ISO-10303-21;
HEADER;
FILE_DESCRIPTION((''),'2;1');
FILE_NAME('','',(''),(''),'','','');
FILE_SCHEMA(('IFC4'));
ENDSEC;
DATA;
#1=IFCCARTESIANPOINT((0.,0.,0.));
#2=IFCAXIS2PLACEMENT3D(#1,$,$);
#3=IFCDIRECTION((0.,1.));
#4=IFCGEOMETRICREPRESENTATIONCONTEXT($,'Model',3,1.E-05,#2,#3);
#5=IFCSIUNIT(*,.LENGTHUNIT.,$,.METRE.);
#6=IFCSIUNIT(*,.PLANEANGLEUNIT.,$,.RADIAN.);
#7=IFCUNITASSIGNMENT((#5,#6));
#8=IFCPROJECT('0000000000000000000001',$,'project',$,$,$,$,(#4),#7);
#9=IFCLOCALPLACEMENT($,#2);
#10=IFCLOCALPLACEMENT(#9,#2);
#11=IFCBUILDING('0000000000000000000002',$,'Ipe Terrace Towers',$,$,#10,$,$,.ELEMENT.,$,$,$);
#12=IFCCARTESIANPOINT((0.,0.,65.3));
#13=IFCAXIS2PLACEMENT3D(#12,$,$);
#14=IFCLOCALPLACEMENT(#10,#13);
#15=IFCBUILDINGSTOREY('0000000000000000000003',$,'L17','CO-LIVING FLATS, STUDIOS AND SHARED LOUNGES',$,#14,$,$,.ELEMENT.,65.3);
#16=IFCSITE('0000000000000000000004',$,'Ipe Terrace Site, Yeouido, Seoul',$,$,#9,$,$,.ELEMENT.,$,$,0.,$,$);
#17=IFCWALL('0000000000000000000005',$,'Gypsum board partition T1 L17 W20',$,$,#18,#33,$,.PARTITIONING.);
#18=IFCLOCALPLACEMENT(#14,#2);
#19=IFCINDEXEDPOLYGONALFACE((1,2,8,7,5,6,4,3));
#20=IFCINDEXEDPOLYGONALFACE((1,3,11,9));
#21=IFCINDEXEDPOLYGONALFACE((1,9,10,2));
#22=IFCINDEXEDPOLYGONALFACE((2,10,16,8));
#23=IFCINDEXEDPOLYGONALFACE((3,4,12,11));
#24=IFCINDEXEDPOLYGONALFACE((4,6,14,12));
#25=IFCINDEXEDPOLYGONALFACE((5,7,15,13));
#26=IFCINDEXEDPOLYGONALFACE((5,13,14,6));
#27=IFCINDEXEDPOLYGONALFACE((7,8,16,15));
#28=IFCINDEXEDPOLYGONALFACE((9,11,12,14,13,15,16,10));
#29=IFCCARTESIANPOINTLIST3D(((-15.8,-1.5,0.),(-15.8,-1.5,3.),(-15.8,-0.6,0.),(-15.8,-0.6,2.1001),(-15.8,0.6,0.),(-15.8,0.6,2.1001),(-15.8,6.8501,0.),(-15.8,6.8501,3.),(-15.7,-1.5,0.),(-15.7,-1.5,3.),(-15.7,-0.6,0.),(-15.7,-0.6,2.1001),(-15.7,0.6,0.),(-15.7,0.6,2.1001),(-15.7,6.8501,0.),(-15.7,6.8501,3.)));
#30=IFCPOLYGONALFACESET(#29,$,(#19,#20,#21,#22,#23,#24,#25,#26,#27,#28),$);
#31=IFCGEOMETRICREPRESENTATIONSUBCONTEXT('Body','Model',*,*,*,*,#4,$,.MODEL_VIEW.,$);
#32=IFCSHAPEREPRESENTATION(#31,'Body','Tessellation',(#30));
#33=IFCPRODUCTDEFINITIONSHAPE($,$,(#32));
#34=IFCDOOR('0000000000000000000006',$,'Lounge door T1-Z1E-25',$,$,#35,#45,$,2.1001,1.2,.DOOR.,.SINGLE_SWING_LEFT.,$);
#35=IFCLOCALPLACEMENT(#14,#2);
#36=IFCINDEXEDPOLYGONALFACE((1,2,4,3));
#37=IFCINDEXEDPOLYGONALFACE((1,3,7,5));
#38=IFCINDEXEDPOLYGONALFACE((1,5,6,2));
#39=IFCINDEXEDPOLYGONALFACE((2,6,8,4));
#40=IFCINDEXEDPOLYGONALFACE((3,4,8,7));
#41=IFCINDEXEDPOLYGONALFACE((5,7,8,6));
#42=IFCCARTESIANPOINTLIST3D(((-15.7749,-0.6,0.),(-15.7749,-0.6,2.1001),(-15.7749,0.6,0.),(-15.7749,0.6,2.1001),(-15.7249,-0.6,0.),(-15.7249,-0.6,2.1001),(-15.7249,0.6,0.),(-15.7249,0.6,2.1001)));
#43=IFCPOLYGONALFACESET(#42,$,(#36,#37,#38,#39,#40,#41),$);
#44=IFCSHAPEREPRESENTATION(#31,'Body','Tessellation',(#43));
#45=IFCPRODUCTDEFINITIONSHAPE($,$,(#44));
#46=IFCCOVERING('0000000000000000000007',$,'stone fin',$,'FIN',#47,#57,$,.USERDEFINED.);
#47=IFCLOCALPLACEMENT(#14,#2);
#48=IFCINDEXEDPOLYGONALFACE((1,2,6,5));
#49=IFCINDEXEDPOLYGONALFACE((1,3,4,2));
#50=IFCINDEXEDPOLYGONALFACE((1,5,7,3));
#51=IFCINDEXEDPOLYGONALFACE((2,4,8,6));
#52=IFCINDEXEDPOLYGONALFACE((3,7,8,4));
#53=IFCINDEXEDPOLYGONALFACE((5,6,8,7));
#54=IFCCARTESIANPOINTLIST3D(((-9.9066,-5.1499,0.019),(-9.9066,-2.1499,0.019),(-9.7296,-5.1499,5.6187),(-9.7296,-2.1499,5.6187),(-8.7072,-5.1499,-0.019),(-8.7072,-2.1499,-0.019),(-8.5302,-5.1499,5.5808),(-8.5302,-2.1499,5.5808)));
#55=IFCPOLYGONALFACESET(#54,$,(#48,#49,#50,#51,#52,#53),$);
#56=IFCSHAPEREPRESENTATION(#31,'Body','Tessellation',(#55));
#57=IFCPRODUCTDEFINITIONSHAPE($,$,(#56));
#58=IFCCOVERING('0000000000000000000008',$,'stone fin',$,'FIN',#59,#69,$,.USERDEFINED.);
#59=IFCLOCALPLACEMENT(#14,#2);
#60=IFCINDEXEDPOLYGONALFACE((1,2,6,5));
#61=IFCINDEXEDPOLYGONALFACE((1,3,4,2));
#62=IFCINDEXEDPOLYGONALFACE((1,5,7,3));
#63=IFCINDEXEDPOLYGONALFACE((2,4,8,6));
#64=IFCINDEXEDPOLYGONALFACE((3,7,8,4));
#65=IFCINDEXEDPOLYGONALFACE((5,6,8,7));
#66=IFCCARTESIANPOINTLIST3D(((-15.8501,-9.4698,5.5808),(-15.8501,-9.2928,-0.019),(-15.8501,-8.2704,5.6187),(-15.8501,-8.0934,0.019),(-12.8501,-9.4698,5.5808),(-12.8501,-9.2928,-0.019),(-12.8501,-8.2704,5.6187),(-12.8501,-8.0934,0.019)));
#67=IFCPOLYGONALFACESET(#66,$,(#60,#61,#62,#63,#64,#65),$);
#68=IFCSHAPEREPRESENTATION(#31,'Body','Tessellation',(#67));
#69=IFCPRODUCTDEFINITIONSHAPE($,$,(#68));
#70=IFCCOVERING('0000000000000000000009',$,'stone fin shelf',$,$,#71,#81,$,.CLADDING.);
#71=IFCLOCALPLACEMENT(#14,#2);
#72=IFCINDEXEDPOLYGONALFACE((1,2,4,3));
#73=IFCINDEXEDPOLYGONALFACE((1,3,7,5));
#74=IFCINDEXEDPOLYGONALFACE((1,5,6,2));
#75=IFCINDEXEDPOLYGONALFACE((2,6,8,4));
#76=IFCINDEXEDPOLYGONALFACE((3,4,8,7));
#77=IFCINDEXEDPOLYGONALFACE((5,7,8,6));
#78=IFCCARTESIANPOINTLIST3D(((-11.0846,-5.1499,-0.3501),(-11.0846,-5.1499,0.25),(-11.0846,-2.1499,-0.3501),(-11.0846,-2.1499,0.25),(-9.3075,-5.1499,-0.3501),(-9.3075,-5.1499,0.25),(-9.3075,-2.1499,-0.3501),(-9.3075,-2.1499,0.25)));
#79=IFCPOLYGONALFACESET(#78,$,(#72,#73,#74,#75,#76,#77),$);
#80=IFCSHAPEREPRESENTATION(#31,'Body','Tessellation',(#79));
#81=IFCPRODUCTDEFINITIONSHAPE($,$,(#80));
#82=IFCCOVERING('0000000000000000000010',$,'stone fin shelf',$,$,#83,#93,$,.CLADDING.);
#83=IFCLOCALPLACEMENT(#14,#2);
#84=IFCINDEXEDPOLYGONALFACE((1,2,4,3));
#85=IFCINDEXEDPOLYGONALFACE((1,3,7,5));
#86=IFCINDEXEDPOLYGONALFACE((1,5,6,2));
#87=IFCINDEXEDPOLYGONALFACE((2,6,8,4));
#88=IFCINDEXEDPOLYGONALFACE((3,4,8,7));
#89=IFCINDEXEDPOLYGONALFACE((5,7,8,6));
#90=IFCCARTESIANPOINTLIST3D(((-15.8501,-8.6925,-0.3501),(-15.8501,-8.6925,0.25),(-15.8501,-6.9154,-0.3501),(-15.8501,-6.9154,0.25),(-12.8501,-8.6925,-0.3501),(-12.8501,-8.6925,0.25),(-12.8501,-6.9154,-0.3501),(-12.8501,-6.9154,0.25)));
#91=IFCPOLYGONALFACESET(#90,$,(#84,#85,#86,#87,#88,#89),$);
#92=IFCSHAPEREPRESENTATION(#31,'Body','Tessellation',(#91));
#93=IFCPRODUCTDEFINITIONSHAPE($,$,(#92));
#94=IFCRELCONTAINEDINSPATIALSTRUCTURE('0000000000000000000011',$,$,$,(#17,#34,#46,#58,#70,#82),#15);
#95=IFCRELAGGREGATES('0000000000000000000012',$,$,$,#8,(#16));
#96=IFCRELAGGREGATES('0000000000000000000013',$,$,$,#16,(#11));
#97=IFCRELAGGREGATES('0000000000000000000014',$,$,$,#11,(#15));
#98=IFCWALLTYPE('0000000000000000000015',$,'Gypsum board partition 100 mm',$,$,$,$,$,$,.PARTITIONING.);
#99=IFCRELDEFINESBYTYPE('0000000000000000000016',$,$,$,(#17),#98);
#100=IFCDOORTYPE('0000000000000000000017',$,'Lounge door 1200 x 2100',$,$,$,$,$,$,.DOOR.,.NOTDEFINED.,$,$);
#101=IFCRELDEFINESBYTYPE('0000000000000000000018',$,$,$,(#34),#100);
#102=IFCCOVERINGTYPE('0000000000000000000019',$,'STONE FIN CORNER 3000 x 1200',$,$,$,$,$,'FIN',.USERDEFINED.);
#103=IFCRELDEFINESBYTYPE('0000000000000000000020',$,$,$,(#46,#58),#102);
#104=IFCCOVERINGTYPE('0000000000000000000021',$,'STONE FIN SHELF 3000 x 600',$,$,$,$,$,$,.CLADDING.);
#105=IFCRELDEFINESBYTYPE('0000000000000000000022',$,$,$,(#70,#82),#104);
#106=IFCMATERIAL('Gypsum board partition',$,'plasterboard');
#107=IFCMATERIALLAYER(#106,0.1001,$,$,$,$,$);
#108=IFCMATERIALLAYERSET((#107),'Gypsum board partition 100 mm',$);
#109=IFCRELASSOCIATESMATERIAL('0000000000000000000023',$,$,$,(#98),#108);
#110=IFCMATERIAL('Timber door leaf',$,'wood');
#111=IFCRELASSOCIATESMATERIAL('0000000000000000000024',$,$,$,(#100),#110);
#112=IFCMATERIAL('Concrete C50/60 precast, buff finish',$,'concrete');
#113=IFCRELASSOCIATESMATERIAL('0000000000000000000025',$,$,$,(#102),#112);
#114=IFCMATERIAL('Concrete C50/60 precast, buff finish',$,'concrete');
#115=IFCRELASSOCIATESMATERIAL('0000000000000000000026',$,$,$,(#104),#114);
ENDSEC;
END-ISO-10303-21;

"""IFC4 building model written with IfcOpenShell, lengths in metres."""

from ifc_helpers import new_model, si_unit, direction, frame, frame_2d, origin, origin_2d, place, context, subcontext, project, spatial, rectangle, extrude, material, layer, layer_set, material_profile, profile_set, type_object, element, fill, save


model = new_model("IFC4")

# Units and contexts
model_context = context("Model", 3, precision=1e-05, world=origin(), true_north=direction((0.0, 1.0)))
body_context = subcontext(model_context, "Body", "Model", "MODEL_VIEW")
ifc_project = project(units=[si_unit("LENGTHUNIT", "METRE"), si_unit("PLANEANGLEUNIT", "RADIAN")], contexts=[model_context])

# Site, building, storey
site_placement = place(None, origin())
site = spatial("IfcSite", under=ifc_project, at=site_placement, Name="Ipe Terrace Site, Yeouido, Seoul", CompositionType="ELEMENT", RefElevation=0.0)
building_placement = place(site_placement, origin())
building = spatial("IfcBuilding", under=site, at=building_placement, Name="Ipe Terrace Towers", CompositionType="ELEMENT")
storey_placement = place(building_placement, frame((0.0, 0.0, 65.3)))
storey = spatial("IfcBuildingStorey", under=building, at=storey_placement, Name="L17", Description="CO-LIVING FLATS, STUDIOS AND SHARED LOUNGES", CompositionType="ELEMENT", Elevation=65.3)

# Wall, opening, door
ifc_material_1 = material(Name="Gypsum board partition", Category="plasterboard")
ifc_layer_1 = layer(ifc_material_1, 0.1001)
ifc_layer_set_1 = layer_set([ifc_layer_1], Name="Gypsum board partition 100 mm")
wall_type_1 = type_object("IfcWallType", Name="Gypsum board partition 100 mm", PredefinedType="PARTITIONING", material=ifc_layer_set_1)
wall_1_placement = place(storey_placement, frame((-15.75, -1.5, 0.0), z_axis=(0.0, 0.0, 1.0), x_axis=(0.0, 1.0, 0.0)))
wall_1 = element("IfcWall", 1, at=wall_1_placement, inside=storey, type_object=wall_type_1, Name="Gypsum board partition T1 L17 W20", PredefinedType="PARTITIONING", context=body_context, shape_type="SweptSolid", body=[
    extrude(rectangle(XDim=8.3501, YDim=0.1001, at=frame_2d((4.175, 0.0))), origin(), (0.0, 0.0, 1.0), 3.0),
])
opening_placement = place(wall_1_placement, frame((0.8999, 0.0, 0.0)))
opening = element("IfcOpeningElement", 2, at=opening_placement, cuts=wall_1, PredefinedType="OPENING", context=body_context, shape_type="SweptSolid", body=[
    extrude(rectangle(XDim=1.2, YDim=2.1001, at=frame_2d((0.6001, 1.05))), frame((0.0, 0.0601, 0.0), z_axis=(0.0, -1.0, 0.0), x_axis=(1.0, 0.0, 0.0)), (0.0, 0.0, 1.0), 0.1201),
])
ifc_material_2 = material(Name="Timber door leaf", Category="wood")
door_type = type_object("IfcDoorType", Name="Lounge door 1200 x 2100", OperationType="NOTDEFINED", PredefinedType="DOOR", material=ifc_material_2)
door_placement = place(opening_placement, origin())
door = element("IfcDoor", 3, at=door_placement, inside=storey, type_object=door_type, Name="Lounge door T1-Z1E-25", OperationType="SINGLE_SWING_LEFT", OverallHeight=2.1001, OverallWidth=1.2, PredefinedType="DOOR", context=body_context, shape_type="SweptSolid", body=[
    extrude(rectangle(XDim=1.2, YDim=2.1001, at=frame_2d((0.6001, 1.05))), frame((0.0, 0.0249, 0.0), z_axis=(0.0, -1.0, 0.0), x_axis=(1.0, 0.0, 0.0)), (0.0, 0.0, 1.0), 0.05),
])
fill(opening, door)

# Coverings
ifc_material_3 = material(Name="Concrete C50/60 precast, buff finish", Category="concrete")
ifc_material_profile_1 = material_profile(ifc_material_3, rectangle(XDim=3.0, YDim=1.2, at=origin_2d()), Name="STONE FIN CORNER 3000 x 1200")
ifc_profile_set_1 = profile_set([ifc_material_profile_1], Name="Concrete C50/60 precast, buff finish")
covering_type_1 = type_object("IfcCoveringType", Name="STONE FIN CORNER 3000 x 1200", ElementType="FIN", PredefinedType="USERDEFINED", material=ifc_profile_set_1)
for number, where, z_axis, x_axis, name in (
    (4, (-9.3069, -3.6499, 0.0), (0.031593, 0.0, 0.999501), (0.0, 1.0, 0.0), "stone fin"),
    (5, (-14.3501, -8.6931, 0.0), (0.0, -0.031593, 0.999501), (1.0, 0.0, 0.0), "stone fin"),
):
    element("IfcCovering", number, at=place(storey_placement, frame(where, z_axis=z_axis, x_axis=x_axis)), inside=storey, type_object=covering_type_1, Name=name, ObjectType="FIN", PredefinedType="USERDEFINED", context=body_context, shape_type="SweptSolid", body=[
        extrude(rectangle(XDim=3.0, YDim=1.2, at=origin_2d()), origin(), (0.0, 0.0, 1.0), 5.6025),
    ])
ifc_material_4 = material(Name="Concrete C50/60 precast, buff finish", Category="concrete")
covering_type_2 = type_object("IfcCoveringType", Name="STONE FIN SHELF 3000 x 600", PredefinedType="CLADDING", material=ifc_material_4)
for number, where, z_axis, x_axis, name in (
    (6, (-10.196, -3.6499, -0.3501), (0.0, 0.0, 1.0), (0.0, 1.0, 0.0), "stone fin shelf"),
    (7, (-14.3501, -7.804, -0.3501), (0.0, 0.0, 1.0), (1.0, 0.0, 0.0), "stone fin shelf"),
):
    element("IfcCovering", number, at=place(storey_placement, frame(where, z_axis=z_axis, x_axis=x_axis)), inside=storey, type_object=covering_type_2, Name=name, PredefinedType="CLADDING", context=body_context, shape_type="SweptSolid", body=[
        extrude(rectangle(XDim=3.0, YDim=1.7771, at=origin_2d()), origin(), (0.0, 0.0, 1.0), 0.6001),
    ])

save(model, "model.ifc")
